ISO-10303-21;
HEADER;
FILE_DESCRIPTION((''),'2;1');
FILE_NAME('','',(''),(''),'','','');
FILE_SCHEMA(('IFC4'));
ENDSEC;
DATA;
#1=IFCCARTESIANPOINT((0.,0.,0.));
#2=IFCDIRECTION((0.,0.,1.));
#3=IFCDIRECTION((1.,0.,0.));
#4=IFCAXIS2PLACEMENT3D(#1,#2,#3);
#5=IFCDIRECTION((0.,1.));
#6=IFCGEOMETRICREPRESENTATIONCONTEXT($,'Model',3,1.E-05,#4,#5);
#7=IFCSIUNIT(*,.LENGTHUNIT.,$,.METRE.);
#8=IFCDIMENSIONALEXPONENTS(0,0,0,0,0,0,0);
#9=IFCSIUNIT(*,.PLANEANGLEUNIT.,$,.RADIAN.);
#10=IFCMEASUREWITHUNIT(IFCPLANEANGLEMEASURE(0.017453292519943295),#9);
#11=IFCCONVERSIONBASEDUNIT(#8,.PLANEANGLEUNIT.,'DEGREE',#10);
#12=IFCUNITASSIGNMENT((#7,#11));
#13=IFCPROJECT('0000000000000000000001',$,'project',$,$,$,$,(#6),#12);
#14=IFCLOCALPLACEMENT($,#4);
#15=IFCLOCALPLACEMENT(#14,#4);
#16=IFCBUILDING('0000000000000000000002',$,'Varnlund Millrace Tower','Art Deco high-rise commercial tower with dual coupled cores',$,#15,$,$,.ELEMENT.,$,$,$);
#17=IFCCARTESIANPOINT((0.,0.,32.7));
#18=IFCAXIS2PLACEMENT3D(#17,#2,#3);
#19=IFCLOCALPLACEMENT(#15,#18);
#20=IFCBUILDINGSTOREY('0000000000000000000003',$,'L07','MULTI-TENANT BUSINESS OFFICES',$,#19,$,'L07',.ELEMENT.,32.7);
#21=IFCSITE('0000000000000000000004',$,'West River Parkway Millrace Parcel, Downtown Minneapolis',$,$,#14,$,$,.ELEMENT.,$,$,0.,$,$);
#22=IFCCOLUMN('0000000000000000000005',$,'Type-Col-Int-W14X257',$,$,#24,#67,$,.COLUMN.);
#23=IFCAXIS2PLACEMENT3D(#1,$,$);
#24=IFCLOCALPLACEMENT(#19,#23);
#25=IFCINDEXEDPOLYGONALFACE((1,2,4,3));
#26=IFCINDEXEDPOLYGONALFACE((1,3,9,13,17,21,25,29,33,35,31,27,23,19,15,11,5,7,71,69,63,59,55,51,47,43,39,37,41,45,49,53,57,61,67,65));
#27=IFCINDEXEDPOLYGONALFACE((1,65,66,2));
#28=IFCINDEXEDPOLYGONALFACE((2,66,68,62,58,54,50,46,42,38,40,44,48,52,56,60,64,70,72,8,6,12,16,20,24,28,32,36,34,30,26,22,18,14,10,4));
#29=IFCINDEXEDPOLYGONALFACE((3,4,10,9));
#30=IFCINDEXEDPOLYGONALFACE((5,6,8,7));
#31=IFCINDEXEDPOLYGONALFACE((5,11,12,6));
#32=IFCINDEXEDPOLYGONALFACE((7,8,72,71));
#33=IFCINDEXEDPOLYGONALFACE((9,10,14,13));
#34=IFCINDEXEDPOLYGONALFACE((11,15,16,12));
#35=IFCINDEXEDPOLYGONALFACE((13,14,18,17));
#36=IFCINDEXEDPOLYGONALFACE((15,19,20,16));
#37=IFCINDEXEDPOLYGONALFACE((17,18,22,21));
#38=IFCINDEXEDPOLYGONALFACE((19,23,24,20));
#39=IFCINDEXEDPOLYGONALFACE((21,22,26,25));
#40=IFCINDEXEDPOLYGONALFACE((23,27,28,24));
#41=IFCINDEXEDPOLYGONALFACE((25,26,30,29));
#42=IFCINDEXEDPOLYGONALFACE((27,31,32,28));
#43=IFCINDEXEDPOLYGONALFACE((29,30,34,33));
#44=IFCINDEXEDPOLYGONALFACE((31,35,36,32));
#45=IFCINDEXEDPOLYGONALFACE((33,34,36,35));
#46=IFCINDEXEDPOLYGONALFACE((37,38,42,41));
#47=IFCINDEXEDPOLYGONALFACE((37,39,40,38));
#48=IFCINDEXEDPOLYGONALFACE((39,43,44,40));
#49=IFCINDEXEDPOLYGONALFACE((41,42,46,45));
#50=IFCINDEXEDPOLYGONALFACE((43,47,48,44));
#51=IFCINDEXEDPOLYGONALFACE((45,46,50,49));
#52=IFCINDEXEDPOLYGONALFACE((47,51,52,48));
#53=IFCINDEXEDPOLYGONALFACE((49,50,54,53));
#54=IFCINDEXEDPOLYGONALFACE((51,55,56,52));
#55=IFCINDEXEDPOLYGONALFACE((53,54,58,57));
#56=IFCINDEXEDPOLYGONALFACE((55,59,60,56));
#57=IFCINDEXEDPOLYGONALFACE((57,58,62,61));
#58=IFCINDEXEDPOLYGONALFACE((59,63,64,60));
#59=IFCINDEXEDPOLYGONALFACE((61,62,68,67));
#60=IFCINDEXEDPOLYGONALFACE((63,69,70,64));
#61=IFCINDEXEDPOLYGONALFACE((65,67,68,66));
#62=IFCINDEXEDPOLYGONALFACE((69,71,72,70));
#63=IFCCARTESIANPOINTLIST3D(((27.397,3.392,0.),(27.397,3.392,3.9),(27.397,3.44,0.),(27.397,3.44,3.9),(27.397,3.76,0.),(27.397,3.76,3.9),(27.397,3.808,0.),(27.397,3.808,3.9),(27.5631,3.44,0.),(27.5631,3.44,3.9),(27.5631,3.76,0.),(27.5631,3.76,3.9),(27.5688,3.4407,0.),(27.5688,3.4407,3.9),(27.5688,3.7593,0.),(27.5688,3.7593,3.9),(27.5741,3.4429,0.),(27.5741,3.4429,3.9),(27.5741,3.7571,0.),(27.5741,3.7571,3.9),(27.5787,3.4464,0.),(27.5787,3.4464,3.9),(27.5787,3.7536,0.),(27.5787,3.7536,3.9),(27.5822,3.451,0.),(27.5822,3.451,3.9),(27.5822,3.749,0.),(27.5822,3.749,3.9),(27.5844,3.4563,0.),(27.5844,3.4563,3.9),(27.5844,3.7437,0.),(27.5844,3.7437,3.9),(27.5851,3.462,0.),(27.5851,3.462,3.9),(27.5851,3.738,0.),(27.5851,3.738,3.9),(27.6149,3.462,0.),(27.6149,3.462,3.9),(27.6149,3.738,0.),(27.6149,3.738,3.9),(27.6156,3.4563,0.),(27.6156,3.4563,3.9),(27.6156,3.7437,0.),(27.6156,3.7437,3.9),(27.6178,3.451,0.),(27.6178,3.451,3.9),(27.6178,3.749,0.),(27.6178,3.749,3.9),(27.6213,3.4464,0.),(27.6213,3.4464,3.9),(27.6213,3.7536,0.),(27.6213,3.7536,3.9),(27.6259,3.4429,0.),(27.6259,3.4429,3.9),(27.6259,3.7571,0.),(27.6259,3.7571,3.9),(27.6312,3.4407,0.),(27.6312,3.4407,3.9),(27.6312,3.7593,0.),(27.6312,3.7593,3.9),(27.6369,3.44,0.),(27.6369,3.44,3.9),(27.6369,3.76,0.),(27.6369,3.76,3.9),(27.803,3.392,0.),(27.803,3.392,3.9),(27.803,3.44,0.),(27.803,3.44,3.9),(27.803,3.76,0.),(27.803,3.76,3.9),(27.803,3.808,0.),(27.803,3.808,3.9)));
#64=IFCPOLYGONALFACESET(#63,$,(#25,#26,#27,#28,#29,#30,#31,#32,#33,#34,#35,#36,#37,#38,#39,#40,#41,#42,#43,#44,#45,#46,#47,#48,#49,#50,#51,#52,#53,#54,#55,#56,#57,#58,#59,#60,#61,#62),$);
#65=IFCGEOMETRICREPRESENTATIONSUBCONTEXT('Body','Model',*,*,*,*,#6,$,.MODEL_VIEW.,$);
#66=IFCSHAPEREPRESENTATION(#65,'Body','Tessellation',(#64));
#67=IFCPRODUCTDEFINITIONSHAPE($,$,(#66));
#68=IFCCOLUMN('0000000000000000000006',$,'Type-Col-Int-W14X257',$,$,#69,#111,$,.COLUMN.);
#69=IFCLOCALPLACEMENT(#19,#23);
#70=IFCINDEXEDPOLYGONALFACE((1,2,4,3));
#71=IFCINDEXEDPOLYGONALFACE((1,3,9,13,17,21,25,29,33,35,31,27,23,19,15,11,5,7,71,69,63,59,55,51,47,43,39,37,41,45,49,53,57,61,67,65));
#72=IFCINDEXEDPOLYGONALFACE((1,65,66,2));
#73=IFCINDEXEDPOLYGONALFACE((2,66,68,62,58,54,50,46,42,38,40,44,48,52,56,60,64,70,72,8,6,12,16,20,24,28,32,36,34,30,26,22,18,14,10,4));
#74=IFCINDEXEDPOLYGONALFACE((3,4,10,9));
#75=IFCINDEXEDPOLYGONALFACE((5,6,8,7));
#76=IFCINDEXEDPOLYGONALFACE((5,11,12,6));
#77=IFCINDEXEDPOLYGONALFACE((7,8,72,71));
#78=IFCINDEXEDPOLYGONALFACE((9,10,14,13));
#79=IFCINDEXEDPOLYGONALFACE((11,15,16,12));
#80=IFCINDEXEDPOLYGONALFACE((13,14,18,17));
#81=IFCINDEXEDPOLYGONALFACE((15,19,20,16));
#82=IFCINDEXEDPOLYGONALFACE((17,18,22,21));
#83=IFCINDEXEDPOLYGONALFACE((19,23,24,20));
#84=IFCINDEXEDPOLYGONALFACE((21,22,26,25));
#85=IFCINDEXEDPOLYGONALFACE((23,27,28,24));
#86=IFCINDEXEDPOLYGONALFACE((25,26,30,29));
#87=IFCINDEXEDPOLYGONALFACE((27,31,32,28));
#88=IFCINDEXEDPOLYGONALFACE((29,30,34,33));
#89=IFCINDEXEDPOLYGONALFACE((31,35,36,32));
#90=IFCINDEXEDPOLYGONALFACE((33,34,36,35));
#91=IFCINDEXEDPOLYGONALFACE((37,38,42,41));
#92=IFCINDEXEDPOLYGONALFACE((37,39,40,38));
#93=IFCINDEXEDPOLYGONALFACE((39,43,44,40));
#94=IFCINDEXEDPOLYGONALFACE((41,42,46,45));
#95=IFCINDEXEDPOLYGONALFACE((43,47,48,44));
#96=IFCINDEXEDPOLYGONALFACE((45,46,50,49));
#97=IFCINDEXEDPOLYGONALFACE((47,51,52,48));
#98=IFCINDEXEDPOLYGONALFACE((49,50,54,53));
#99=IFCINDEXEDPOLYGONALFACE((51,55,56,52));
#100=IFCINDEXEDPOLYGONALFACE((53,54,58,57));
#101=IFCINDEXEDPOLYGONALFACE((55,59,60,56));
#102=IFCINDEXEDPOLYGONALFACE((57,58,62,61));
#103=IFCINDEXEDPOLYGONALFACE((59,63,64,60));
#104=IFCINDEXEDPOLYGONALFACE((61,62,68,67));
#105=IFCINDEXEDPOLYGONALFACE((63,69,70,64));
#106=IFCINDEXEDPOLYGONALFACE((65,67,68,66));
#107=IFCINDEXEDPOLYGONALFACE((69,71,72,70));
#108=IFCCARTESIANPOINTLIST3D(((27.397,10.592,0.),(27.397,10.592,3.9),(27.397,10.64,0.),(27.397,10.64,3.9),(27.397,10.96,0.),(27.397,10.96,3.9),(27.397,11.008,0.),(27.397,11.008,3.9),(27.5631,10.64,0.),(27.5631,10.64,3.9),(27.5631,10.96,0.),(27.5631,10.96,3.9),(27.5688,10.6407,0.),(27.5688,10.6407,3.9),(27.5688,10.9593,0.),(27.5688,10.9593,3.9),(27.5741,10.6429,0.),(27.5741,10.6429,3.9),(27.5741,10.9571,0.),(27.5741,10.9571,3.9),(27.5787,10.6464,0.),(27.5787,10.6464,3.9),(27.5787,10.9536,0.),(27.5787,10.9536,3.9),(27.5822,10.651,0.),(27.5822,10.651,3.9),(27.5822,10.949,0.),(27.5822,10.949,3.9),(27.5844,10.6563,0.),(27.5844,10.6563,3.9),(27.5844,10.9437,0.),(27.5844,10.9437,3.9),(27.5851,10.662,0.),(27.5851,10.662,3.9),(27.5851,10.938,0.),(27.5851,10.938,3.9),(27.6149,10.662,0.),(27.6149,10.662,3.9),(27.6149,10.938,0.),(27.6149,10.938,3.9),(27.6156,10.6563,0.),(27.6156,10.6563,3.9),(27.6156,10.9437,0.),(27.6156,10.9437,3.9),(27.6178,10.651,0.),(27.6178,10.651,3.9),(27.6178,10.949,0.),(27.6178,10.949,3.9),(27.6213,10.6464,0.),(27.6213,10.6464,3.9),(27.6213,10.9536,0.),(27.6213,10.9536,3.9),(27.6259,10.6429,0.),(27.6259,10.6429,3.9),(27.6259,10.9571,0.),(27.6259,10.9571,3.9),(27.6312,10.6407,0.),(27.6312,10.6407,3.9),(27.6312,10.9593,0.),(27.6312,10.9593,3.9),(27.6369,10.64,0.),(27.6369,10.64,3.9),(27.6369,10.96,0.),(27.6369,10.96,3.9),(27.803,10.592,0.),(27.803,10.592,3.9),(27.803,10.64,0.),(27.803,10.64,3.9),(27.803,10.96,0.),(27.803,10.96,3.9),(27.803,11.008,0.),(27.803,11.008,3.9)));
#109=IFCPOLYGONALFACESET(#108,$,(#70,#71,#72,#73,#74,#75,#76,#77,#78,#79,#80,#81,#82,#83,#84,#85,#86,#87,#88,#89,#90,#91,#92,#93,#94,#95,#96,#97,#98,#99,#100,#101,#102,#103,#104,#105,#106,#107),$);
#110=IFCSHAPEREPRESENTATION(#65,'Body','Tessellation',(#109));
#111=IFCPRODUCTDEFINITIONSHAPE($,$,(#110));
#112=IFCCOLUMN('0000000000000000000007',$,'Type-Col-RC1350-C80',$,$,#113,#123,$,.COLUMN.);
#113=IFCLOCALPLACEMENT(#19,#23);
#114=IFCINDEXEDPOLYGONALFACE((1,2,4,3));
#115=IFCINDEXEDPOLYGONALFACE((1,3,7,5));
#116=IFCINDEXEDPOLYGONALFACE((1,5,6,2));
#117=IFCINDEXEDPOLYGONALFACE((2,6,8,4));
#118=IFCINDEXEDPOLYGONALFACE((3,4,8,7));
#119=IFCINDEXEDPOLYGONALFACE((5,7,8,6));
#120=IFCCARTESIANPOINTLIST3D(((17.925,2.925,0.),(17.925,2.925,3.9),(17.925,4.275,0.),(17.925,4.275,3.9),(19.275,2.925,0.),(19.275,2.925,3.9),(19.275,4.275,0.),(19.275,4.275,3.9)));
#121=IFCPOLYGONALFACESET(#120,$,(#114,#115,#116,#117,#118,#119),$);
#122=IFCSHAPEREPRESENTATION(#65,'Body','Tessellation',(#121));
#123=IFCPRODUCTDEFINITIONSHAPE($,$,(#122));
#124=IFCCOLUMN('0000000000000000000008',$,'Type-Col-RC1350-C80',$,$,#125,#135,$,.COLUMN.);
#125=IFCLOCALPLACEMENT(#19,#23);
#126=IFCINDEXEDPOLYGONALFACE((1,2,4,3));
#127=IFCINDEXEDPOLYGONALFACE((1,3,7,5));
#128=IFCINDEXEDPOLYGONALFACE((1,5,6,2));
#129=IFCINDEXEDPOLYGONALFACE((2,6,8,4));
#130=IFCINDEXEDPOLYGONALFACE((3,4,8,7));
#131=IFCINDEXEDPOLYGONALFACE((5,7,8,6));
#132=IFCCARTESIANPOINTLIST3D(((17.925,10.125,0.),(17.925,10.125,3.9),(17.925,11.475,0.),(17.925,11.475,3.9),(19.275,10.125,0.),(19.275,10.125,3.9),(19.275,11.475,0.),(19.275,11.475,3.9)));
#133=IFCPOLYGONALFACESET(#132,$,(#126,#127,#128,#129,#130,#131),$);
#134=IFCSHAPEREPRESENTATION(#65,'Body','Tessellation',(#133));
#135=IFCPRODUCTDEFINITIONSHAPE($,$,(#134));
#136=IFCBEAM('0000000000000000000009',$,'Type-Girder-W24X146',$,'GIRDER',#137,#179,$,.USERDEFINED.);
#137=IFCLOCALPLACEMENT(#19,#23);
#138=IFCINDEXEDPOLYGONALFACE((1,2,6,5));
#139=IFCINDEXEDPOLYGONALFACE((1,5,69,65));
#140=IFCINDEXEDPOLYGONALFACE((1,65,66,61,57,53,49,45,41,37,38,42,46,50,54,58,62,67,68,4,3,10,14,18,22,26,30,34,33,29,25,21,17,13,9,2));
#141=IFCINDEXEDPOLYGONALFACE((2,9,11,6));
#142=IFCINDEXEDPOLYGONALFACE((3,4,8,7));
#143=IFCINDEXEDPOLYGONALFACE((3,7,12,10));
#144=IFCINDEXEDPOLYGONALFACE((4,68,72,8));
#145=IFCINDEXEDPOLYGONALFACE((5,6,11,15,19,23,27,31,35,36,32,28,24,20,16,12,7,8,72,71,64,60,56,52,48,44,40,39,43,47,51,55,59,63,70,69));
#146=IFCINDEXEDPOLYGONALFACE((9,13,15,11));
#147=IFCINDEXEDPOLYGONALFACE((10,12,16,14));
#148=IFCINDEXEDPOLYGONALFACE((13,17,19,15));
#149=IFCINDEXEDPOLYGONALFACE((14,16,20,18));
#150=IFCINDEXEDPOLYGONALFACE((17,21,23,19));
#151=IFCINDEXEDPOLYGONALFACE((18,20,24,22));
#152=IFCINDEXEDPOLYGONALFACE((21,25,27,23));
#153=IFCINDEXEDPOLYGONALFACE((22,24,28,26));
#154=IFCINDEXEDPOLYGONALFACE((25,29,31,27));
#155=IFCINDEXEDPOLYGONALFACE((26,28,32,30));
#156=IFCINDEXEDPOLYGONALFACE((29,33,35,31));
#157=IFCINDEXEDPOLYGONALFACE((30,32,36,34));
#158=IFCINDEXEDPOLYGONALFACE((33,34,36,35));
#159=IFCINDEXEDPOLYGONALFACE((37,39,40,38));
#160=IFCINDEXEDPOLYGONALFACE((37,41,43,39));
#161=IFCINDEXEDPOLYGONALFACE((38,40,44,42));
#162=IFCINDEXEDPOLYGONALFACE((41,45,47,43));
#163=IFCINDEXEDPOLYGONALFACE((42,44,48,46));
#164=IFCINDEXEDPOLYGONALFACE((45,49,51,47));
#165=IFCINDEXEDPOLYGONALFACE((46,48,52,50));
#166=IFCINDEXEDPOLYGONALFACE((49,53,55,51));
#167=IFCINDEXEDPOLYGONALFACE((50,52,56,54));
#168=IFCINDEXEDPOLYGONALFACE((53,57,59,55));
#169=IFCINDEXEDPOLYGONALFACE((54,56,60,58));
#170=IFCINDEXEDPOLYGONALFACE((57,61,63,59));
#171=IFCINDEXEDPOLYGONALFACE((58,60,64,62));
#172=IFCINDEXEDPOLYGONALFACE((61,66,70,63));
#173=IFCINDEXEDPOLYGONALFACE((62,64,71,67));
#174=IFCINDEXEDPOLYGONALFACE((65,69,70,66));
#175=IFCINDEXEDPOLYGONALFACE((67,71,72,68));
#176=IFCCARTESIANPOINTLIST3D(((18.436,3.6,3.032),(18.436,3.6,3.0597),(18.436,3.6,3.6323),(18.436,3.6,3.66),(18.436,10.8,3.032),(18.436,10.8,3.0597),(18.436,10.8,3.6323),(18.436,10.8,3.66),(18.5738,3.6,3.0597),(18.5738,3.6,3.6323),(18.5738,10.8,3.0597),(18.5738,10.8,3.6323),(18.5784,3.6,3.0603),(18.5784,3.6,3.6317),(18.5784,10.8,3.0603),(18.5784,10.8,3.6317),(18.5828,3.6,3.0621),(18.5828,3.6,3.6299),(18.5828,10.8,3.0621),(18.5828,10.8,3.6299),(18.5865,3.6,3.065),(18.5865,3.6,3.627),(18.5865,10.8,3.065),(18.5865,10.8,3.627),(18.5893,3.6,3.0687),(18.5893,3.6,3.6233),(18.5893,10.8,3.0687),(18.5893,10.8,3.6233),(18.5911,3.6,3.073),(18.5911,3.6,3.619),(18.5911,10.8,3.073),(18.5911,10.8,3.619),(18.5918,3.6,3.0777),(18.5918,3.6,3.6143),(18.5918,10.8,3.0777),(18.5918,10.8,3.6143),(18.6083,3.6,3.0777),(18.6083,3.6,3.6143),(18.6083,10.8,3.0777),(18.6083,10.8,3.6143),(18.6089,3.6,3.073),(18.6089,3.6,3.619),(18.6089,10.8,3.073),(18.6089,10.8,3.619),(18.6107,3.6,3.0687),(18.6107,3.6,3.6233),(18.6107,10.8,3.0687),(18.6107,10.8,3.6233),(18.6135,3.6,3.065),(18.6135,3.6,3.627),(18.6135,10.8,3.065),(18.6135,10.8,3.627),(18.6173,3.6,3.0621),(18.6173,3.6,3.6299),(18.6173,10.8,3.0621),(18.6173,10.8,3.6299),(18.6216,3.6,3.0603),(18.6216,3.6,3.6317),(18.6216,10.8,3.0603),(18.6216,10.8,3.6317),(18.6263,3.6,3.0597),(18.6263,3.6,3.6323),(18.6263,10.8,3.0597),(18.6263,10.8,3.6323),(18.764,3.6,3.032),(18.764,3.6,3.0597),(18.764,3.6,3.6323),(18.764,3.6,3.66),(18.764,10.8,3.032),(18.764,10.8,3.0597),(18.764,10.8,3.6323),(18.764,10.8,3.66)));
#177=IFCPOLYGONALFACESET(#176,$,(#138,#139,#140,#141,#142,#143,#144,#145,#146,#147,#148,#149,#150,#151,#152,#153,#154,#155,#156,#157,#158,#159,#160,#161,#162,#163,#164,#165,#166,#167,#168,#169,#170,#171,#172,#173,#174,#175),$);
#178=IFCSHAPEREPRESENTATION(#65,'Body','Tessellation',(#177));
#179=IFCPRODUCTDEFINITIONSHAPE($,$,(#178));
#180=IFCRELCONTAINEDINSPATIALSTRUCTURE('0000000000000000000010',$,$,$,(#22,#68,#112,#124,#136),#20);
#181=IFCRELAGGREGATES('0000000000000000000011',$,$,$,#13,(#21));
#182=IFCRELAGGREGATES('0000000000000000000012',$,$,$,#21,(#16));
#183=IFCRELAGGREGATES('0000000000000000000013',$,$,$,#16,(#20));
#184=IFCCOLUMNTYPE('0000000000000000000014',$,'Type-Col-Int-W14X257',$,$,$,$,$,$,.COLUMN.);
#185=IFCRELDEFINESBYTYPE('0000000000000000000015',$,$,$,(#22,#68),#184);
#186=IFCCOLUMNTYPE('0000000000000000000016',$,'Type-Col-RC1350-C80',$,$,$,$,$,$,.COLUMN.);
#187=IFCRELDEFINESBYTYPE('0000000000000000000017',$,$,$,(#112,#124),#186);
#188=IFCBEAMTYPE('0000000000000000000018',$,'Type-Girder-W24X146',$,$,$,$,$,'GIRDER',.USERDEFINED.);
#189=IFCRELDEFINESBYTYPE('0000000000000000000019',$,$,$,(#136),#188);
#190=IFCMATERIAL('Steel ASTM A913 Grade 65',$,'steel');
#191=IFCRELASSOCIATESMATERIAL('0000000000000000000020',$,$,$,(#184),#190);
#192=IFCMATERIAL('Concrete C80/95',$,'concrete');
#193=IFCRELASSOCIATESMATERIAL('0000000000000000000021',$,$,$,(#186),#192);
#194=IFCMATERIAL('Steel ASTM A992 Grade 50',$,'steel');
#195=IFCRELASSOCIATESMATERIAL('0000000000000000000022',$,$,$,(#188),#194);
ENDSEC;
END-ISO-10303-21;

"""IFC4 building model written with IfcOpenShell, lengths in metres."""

from ifc_helpers import new_model, entity, si_unit, converted_unit, direction, frame, origin_with_axes, origin_2d_with_axis, place, context, subcontext, project, spatial, rectangle, i_section, extrude, material, material_profile, profile_set, type_object, element, save


model = new_model("IFC4")

# Units and contexts
model_context = context("Model", 3, precision=1e-05, world=origin_with_axes(), true_north=direction((0.0, 1.0)))
body_context = subcontext(model_context, "Body", "Model", "MODEL_VIEW")
ifc_project = project(units=[si_unit("LENGTHUNIT", "METRE"), converted_unit("PLANEANGLEUNIT", "DEGREE", entity("IfcPlaneAngleMeasure", 0.017453292519943295), si_unit("PLANEANGLEUNIT", "RADIAN"), dimensions=[0, 0, 0, 0, 0, 0, 0])], contexts=[model_context])

# Site, building, storey
site_placement = place(None, origin_with_axes())
site = spatial("IfcSite", under=ifc_project, at=site_placement, Name="West River Parkway Millrace Parcel, Downtown Minneapolis", CompositionType="ELEMENT", RefElevation=0.0)
building_placement = place(site_placement, origin_with_axes())
building = spatial("IfcBuilding", under=site, at=building_placement, Name="Varnlund Millrace Tower", Description="Art Deco high-rise commercial tower with dual coupled cores", CompositionType="ELEMENT")
storey_placement = place(building_placement, frame((0.0, 0.0, 32.7), z_axis=(0.0, 0.0, 1.0), x_axis=(1.0, 0.0, 0.0)))
storey = spatial("IfcBuildingStorey", under=building, at=storey_placement, Name="L07", Description="MULTI-TENANT BUSINESS OFFICES", LongName="L07", CompositionType="ELEMENT", Elevation=32.7)

# Columns
ifc_material_1 = material(Name="Steel ASTM A913 Grade 65", Category="steel")
ifc_material_profile_1 = material_profile(ifc_material_1, i_section(OverallWidth=0.406, OverallDepth=0.416, WebThickness=0.0298, FlangeThickness=0.048, FilletRadius=0.022, at=origin_2d_with_axis()), Name="Steel ASTM A913 Grade 65")
ifc_profile_set_1 = profile_set([ifc_material_profile_1], Name="Steel ASTM A913 Grade 65")
column_type_1 = type_object("IfcColumnType", Name="Type-Col-Int-W14X257", PredefinedType="COLUMN", material=ifc_profile_set_1)
for number, where, z_axis, x_axis, name in (
    (1, (27.6, 3.6, 0.0), (0.0, 0.0, 1.0), (1.0, 0.0, 0.0), "Type-Col-Int-W14X257"),
    (2, (27.6, 10.8, 0.0), (0.0, 0.0, 1.0), (1.0, 0.0, 0.0), "Type-Col-Int-W14X257"),
):
    element("IfcColumn", number, at=place(storey_placement, frame(where, z_axis=z_axis, x_axis=x_axis)), inside=storey, type_object=column_type_1, Name=name, PredefinedType="COLUMN", context=body_context, shape_type="SweptSolid", body=[
        extrude(i_section(OverallWidth=0.406, OverallDepth=0.416, WebThickness=0.0298, FlangeThickness=0.048, FilletRadius=0.022, at=origin_2d_with_axis()), origin_with_axes(), (0.0, 0.0, 1.0), 3.9),
    ])
ifc_material_2 = material(Name="Concrete C80/95", Category="concrete")
ifc_material_profile_2 = material_profile(ifc_material_2, rectangle(XDim=1.35, YDim=1.35, at=origin_2d_with_axis()), Name="Concrete C80/95")
ifc_profile_set_2 = profile_set([ifc_material_profile_2], Name="Concrete C80/95")
column_type_2 = type_object("IfcColumnType", Name="Type-Col-RC1350-C80", PredefinedType="COLUMN", material=ifc_profile_set_2)
for number, where, z_axis, x_axis, name in (
    (3, (18.6, 3.6, 0.0), (0.0, 0.0, 1.0), (1.0, 0.0, 0.0), "Type-Col-RC1350-C80"),
    (4, (18.6, 10.8, 0.0), (0.0, 0.0, 1.0), (1.0, 0.0, 0.0), "Type-Col-RC1350-C80"),
):
    element("IfcColumn", number, at=place(storey_placement, frame(where, z_axis=z_axis, x_axis=x_axis)), inside=storey, type_object=column_type_2, Name=name, PredefinedType="COLUMN", context=body_context, shape_type="SweptSolid", body=[
        extrude(rectangle(XDim=1.35, YDim=1.35, at=origin_2d_with_axis()), origin_with_axes(), (0.0, 0.0, 1.0), 3.9),
    ])

# Beam
ifc_material_3 = material(Name="Steel ASTM A992 Grade 50", Category="steel")
ifc_material_profile_3 = material_profile(ifc_material_3, i_section(OverallWidth=0.328, OverallDepth=0.628, WebThickness=0.0165, FlangeThickness=0.0277, FilletRadius=0.018, at=origin_2d_with_axis()), Name="Steel ASTM A992 Grade 50")
ifc_profile_set_3 = profile_set([ifc_material_profile_3], Name="Steel ASTM A992 Grade 50")
beam_type_1 = type_object("IfcBeamType", Name="Type-Girder-W24X146", ElementType="GIRDER", PredefinedType="USERDEFINED", material=ifc_profile_set_3)
beam_1_placement = place(storey_placement, frame((18.6, 3.6, 3.346), z_axis=(0.0, 1.0, 0.0), x_axis=(-1.0, 0.0, 0.0)))
element("IfcBeam", 5, at=beam_1_placement, inside=storey, type_object=beam_type_1, Name="Type-Girder-W24X146", ObjectType="GIRDER", PredefinedType="USERDEFINED", context=body_context, shape_type="SweptSolid", body=[
    extrude(i_section(OverallWidth=0.328, OverallDepth=0.628, WebThickness=0.0165, FlangeThickness=0.0277, FilletRadius=0.018, at=origin_2d_with_axis()), origin_with_axes(), (0.0, 0.0, 1.0), 7.2),
])

save(model, "model.ifc")
